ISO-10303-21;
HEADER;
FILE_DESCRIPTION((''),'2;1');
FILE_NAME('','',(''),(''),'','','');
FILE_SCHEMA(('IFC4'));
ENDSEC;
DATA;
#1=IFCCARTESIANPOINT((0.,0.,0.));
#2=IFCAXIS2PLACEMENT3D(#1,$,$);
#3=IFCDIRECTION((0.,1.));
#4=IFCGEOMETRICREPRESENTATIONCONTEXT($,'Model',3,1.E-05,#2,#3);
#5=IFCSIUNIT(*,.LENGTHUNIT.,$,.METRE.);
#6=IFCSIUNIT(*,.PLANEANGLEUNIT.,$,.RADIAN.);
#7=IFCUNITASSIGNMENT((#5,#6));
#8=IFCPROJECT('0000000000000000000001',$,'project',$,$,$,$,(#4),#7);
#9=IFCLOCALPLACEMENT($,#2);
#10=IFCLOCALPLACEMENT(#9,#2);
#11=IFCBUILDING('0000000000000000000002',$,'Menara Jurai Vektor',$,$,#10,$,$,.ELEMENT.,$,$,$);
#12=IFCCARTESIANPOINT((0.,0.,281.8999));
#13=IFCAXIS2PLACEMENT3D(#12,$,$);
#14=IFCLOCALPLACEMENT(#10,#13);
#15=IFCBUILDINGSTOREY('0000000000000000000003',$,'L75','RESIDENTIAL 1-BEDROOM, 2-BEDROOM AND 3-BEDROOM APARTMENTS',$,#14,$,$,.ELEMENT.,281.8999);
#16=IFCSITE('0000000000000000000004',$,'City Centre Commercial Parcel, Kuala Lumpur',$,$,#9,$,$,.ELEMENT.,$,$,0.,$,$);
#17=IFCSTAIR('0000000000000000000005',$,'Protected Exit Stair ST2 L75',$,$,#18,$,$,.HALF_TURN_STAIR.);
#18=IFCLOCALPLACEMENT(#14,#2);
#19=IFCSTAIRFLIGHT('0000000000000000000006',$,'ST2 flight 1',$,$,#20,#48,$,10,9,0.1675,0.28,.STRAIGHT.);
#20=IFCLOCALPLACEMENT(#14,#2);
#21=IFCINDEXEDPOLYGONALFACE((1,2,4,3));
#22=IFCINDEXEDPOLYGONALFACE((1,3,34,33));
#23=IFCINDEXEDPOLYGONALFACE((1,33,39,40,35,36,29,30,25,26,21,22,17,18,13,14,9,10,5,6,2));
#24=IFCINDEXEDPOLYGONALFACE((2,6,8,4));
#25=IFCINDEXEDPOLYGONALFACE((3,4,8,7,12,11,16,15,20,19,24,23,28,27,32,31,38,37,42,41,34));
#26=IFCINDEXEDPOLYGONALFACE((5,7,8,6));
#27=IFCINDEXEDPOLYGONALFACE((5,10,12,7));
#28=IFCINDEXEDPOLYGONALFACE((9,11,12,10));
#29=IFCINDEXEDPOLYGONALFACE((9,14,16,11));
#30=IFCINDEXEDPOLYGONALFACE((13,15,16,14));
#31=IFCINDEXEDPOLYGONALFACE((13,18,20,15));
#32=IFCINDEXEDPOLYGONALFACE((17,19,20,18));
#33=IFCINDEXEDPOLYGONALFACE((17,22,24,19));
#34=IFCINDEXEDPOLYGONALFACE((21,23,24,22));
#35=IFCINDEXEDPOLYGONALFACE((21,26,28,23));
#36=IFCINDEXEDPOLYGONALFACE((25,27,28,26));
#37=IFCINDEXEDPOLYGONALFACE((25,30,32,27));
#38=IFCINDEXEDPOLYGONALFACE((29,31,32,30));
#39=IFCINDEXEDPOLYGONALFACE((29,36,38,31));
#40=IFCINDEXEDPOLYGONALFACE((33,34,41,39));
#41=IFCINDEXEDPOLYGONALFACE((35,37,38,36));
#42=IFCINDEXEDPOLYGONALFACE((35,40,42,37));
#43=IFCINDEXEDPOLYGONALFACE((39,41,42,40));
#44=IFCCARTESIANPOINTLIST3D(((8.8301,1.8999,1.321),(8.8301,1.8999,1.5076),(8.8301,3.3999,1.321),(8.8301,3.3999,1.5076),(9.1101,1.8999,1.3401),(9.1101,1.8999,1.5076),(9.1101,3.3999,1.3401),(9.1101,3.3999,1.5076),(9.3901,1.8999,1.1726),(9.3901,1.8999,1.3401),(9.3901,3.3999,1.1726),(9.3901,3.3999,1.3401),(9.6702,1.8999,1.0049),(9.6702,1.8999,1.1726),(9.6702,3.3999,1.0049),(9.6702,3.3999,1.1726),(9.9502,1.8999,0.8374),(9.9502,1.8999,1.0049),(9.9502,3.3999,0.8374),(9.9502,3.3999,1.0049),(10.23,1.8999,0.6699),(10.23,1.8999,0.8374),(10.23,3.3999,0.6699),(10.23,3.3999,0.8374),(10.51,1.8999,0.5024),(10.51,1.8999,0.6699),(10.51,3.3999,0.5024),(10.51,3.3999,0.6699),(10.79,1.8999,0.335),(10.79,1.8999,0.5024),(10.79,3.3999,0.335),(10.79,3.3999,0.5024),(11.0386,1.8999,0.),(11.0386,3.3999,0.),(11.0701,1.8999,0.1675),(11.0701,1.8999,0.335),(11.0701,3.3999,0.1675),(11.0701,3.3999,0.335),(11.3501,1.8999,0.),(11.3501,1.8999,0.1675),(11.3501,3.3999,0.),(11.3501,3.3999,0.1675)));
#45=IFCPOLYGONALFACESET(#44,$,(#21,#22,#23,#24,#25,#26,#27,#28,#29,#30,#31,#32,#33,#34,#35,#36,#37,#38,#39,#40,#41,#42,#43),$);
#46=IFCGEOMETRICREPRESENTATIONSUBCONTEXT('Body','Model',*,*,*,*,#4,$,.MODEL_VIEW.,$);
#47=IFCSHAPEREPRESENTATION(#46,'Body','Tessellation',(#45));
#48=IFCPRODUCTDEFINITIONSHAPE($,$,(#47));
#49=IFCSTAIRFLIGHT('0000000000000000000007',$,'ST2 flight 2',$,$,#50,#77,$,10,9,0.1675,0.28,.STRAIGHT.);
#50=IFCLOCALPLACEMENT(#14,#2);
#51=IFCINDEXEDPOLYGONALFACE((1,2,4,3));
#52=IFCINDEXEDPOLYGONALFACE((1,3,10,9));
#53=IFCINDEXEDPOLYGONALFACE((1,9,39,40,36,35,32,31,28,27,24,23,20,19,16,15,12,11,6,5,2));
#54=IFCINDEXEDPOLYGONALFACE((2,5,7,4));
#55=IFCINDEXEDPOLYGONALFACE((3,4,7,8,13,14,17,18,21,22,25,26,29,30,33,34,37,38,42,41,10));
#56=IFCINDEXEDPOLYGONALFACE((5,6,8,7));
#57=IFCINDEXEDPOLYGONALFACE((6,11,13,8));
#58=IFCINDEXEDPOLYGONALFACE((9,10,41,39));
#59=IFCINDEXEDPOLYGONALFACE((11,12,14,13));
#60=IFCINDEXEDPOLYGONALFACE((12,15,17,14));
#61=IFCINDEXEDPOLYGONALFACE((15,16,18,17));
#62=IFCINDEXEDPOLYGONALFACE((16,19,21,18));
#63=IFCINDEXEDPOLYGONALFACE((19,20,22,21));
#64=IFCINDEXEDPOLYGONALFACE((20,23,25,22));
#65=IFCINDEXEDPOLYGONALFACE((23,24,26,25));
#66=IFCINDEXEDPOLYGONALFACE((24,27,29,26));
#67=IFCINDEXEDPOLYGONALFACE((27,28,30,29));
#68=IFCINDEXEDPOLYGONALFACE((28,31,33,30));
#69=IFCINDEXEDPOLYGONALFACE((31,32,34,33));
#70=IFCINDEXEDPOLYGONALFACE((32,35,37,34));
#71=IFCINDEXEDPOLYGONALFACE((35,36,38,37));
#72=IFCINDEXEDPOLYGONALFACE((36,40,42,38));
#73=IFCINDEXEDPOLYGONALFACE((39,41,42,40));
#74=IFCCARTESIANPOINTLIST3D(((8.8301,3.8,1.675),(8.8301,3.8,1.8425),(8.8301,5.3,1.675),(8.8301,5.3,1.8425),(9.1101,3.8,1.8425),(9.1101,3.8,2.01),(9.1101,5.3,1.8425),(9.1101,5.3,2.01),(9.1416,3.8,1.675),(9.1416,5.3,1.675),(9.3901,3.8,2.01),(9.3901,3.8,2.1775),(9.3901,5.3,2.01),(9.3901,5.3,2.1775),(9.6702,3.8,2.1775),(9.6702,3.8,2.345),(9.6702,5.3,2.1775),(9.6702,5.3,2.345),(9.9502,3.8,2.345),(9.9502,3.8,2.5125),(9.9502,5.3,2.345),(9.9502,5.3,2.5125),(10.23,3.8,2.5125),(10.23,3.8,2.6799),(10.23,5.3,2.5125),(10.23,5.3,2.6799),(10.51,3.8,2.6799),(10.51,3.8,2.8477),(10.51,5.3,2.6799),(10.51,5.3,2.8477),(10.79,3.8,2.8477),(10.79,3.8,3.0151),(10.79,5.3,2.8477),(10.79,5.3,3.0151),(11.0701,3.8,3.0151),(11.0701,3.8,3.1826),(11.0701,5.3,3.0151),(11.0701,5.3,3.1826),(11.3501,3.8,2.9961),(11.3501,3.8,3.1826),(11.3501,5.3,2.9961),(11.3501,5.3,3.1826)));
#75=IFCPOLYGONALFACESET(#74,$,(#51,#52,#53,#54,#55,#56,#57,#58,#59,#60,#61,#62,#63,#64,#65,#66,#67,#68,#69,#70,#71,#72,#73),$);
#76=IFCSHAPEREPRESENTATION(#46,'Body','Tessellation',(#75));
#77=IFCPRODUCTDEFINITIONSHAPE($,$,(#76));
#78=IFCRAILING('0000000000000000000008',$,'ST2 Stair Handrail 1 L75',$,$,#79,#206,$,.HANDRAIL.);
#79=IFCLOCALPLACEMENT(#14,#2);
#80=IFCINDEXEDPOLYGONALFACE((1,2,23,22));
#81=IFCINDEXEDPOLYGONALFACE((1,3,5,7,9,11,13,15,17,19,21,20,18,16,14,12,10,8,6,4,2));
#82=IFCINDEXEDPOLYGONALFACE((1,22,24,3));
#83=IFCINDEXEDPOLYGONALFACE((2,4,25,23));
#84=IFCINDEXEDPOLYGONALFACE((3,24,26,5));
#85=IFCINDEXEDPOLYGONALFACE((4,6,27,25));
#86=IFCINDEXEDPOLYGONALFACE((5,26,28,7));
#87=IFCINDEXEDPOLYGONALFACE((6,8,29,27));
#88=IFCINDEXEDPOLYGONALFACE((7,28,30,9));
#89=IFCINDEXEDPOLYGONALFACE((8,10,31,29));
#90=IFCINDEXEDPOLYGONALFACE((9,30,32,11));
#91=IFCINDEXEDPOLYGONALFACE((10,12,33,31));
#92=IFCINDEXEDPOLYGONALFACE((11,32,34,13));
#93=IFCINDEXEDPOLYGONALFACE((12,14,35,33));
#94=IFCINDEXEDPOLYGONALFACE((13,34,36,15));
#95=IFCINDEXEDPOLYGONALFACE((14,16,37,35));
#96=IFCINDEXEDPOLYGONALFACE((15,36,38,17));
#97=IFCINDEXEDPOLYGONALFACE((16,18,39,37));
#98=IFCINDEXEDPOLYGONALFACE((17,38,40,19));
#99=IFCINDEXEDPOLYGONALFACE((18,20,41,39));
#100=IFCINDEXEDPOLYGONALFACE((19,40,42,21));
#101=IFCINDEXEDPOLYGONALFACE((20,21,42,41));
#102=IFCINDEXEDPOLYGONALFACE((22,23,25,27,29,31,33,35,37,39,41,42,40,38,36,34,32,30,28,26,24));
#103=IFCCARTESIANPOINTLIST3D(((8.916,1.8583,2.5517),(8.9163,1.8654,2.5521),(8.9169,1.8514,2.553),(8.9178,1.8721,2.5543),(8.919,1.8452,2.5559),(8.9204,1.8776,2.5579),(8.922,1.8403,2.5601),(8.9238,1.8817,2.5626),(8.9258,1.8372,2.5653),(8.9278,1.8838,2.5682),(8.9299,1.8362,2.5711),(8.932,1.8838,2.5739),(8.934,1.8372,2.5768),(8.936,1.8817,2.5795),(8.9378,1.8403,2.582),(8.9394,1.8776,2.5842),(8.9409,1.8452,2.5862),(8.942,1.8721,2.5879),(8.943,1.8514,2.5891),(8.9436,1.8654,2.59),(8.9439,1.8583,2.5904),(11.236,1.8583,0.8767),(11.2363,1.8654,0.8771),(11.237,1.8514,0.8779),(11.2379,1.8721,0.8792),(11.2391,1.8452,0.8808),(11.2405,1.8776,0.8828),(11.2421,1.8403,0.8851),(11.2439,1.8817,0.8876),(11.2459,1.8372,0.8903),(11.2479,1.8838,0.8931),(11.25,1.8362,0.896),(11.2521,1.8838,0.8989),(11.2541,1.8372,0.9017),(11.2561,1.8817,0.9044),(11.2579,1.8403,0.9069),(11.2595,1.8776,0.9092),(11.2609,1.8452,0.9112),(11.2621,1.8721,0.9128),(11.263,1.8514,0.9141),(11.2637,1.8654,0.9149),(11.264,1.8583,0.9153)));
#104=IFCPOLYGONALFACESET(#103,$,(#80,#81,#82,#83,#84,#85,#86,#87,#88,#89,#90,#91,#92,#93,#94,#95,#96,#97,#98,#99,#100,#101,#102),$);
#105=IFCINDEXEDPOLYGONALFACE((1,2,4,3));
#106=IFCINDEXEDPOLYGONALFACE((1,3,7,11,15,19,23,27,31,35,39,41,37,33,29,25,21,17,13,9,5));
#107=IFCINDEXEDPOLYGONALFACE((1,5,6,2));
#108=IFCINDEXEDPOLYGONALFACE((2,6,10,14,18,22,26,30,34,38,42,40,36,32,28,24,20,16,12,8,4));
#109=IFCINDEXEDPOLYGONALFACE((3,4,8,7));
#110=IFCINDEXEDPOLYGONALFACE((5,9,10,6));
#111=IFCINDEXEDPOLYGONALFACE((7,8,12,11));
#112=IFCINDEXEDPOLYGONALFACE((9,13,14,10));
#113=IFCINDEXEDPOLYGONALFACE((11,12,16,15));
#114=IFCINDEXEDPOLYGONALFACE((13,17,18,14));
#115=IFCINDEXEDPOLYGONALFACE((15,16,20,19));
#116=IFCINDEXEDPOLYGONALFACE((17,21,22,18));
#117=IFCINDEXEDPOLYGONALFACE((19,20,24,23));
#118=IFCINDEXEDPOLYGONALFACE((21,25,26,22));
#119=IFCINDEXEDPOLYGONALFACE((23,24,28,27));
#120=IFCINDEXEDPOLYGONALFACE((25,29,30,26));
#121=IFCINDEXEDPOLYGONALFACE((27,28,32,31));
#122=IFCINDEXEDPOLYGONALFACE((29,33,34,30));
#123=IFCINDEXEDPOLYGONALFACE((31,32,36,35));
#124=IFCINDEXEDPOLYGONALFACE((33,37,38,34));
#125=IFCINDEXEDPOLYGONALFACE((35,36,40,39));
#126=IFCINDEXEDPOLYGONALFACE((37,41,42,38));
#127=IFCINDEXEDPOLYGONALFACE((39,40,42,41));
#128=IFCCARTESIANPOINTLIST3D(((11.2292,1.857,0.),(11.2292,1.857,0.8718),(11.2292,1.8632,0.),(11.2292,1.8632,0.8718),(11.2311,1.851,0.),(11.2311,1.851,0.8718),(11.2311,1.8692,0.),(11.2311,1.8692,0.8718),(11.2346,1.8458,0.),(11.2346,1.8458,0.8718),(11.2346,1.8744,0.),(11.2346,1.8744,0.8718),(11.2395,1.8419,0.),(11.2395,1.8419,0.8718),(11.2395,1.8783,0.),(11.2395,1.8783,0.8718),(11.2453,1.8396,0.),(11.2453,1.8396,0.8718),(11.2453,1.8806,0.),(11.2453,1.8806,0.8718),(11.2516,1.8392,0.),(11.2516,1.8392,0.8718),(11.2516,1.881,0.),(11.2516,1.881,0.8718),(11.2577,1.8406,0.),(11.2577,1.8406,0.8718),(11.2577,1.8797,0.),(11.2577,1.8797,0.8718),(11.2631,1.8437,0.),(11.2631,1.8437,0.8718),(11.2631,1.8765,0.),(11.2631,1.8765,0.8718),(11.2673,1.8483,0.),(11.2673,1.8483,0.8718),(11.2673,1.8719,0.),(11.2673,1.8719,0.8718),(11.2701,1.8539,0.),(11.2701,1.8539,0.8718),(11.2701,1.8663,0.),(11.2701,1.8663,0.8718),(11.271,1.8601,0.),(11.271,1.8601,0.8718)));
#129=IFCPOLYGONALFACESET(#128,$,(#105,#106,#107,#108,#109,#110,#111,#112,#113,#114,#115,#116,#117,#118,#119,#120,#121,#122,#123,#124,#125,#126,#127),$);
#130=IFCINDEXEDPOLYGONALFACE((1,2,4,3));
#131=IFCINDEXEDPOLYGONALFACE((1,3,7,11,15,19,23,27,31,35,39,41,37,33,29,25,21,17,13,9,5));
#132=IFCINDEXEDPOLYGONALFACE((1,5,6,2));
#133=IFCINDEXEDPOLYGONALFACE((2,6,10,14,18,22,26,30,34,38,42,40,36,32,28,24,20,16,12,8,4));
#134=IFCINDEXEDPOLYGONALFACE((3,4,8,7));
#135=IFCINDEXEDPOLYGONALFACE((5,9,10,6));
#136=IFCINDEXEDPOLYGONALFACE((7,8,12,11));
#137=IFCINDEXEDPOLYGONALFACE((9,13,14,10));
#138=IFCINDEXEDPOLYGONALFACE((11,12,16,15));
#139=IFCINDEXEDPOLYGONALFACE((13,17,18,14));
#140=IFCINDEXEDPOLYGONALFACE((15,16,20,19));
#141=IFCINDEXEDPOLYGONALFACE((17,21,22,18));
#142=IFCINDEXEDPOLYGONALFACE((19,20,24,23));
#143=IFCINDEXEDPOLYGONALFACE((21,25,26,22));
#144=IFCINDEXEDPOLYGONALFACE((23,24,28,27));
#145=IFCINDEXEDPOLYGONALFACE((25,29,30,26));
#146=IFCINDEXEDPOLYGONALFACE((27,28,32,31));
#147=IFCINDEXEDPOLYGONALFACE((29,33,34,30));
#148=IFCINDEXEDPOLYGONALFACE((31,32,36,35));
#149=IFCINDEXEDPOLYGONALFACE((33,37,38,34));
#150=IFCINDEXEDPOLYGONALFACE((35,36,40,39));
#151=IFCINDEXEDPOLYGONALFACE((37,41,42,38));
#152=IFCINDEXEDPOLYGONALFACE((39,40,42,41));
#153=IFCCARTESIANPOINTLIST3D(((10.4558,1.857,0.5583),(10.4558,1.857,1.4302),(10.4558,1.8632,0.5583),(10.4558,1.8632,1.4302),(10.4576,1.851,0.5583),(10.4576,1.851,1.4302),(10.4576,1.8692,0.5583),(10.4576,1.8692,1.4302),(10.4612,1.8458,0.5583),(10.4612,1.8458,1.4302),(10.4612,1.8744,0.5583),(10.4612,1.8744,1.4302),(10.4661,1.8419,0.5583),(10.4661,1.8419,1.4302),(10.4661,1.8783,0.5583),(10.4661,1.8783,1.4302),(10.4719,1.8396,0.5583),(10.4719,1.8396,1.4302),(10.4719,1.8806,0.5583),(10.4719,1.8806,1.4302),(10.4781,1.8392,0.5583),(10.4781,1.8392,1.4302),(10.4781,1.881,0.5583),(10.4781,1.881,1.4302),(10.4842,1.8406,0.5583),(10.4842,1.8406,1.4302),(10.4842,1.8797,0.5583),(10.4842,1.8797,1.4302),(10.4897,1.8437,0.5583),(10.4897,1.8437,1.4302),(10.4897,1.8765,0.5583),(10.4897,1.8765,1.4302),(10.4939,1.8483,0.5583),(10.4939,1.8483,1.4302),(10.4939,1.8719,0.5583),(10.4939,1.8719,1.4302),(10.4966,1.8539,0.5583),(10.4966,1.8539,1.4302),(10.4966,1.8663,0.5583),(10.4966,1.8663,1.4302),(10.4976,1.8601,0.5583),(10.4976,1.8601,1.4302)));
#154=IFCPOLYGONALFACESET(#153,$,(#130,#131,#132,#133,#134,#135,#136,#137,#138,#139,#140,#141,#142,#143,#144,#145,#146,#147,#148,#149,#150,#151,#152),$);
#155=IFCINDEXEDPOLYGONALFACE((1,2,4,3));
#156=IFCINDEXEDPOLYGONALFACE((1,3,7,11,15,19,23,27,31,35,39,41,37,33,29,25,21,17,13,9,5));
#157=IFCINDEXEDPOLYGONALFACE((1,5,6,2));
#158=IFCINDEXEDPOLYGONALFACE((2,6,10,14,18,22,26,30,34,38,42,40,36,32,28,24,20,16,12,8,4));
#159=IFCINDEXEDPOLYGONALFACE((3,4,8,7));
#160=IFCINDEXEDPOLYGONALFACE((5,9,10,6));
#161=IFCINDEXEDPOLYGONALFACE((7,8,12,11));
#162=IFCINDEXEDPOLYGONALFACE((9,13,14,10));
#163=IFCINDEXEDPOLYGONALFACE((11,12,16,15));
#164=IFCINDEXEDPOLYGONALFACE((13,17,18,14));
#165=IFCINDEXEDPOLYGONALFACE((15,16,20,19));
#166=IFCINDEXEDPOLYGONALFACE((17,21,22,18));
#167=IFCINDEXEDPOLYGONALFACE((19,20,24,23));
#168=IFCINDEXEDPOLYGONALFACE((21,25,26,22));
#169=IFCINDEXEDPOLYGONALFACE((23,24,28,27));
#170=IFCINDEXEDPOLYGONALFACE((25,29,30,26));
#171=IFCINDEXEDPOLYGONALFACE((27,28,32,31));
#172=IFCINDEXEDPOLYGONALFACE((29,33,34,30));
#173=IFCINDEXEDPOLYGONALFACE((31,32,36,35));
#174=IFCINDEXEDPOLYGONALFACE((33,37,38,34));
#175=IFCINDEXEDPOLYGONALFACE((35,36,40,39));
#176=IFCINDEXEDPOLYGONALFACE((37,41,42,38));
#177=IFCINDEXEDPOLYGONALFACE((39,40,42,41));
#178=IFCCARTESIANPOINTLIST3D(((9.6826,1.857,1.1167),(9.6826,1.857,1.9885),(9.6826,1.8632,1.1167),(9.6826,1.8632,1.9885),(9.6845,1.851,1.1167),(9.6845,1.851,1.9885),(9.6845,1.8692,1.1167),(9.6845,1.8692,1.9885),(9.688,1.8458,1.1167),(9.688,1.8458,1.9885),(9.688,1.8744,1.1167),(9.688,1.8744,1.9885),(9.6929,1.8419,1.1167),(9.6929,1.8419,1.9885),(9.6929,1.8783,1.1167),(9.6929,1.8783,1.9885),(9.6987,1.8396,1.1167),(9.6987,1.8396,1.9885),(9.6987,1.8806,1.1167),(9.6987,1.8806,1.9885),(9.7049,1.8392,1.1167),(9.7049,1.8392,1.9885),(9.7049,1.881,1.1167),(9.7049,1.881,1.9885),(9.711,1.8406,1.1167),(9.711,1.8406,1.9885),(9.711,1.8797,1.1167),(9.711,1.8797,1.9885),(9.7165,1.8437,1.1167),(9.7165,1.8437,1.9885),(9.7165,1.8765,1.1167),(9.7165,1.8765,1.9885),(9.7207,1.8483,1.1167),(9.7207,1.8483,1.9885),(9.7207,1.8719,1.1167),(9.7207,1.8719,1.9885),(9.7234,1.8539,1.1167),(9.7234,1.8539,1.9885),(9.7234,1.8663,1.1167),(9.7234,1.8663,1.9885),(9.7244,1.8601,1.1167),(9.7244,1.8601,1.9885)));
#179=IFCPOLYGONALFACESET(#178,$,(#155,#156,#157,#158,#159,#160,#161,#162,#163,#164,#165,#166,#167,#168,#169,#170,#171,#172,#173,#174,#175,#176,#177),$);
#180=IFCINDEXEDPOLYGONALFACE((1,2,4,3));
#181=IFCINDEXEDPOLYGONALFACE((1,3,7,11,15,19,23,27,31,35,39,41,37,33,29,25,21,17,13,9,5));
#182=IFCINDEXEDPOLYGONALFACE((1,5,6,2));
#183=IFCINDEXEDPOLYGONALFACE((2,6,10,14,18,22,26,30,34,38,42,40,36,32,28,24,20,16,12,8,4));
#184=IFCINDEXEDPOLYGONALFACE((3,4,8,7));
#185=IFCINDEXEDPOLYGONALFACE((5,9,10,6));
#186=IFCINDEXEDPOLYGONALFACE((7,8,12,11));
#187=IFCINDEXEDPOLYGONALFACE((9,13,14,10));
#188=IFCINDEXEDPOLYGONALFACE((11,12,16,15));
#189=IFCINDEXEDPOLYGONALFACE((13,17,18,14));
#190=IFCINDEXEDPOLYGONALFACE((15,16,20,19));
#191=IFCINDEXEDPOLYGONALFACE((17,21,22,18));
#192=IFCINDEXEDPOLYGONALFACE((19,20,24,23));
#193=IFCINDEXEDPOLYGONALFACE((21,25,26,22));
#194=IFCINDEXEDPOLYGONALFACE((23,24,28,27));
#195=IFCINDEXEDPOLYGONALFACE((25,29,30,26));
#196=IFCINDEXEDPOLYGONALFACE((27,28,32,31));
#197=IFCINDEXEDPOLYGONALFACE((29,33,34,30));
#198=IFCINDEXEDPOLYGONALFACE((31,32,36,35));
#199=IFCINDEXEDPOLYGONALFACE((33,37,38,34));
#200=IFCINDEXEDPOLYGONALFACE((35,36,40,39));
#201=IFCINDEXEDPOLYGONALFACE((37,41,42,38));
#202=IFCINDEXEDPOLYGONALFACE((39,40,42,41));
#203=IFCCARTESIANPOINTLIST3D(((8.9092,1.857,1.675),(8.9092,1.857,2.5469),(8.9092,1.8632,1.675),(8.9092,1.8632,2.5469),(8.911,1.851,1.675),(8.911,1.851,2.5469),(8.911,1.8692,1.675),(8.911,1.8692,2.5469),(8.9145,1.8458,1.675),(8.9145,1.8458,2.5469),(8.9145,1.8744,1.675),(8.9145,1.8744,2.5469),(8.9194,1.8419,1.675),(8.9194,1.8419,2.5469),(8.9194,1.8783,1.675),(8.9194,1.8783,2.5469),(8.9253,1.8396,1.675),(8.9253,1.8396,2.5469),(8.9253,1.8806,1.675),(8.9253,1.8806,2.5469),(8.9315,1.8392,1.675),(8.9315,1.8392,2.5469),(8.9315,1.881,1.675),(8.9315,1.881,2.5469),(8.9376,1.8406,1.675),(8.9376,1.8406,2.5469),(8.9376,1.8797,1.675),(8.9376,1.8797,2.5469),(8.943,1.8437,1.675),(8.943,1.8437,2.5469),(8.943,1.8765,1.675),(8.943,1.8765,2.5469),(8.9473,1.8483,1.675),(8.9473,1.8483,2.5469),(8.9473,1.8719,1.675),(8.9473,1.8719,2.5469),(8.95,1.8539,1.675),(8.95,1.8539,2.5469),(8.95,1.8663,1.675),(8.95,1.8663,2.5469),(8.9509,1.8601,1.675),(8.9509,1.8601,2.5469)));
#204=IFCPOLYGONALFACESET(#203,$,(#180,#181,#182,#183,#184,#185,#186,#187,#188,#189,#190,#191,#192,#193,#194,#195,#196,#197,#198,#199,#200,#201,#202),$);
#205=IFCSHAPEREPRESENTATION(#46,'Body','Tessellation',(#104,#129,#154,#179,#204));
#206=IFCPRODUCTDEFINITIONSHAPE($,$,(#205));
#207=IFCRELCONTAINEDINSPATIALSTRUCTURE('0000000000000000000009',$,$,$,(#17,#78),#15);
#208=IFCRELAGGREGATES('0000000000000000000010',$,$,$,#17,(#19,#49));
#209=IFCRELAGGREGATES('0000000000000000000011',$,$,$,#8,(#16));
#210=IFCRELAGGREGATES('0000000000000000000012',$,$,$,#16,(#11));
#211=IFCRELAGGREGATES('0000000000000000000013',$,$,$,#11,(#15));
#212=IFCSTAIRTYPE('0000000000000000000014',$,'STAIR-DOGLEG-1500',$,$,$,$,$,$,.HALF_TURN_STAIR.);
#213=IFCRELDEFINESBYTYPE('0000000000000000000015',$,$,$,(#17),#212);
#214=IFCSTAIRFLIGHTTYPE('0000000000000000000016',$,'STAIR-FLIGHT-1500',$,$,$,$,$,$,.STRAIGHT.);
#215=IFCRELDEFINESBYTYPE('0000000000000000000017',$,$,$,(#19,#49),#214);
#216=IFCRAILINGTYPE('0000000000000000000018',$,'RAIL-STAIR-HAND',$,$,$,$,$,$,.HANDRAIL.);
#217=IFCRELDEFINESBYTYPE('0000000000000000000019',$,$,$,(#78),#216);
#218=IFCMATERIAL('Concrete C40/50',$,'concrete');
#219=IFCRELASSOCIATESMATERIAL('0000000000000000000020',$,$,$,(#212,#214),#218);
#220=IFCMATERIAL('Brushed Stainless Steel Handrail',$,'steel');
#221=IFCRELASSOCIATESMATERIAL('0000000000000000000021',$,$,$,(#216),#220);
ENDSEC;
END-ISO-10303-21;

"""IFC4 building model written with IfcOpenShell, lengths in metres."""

from ifc_helpers import new_model, si_unit, direction, frame, origin, origin_2d, place, context, subcontext, project, spatial, polyline, circle, outline, extrude, material, type_object, element, aggregate, save


model = new_model("IFC4")

# Units and contexts
model_context = context("Model", 3, precision=1e-05, world=origin(), true_north=direction((0.0, 1.0)))
body_context = subcontext(model_context, "Body", "Model", "MODEL_VIEW")
ifc_project = project(units=[si_unit("LENGTHUNIT", "METRE"), si_unit("PLANEANGLEUNIT", "RADIAN")], contexts=[model_context])

# Site, building, storey
site_placement = place(None, origin())
site = spatial("IfcSite", under=ifc_project, at=site_placement, Name="City Centre Commercial Parcel, Kuala Lumpur", CompositionType="ELEMENT", RefElevation=0.0)
building_placement = place(site_placement, origin())
building = spatial("IfcBuilding", under=site, at=building_placement, Name="Menara Jurai Vektor", CompositionType="ELEMENT")
storey_placement = place(building_placement, frame((0.0, 0.0, 281.8999)))
storey = spatial("IfcBuildingStorey", under=building, at=storey_placement, Name="L75", Description="RESIDENTIAL 1-BEDROOM, 2-BEDROOM AND 3-BEDROOM APARTMENTS", CompositionType="ELEMENT", Elevation=281.8999)

# Shared definitions
ifc_material_1 = material(Name="Concrete C40/50", Category="concrete")

# Stair, stair flights
stair_type = type_object("IfcStairType", Name="STAIR-DOGLEG-1500", PredefinedType="HALF_TURN_STAIR", material=ifc_material_1)
stair_placement = place(storey_placement, origin())
stair = element("IfcStair", 1, at=stair_placement, inside=storey, type_object=stair_type, Name="Protected Exit Stair ST2 L75", PredefinedType="HALF_TURN_STAIR")
stair_flight_type = type_object("IfcStairFlightType", Name="STAIR-FLIGHT-1500", PredefinedType="STRAIGHT", material=ifc_material_1)
stair_flight_1_placement = place(storey_placement, frame((11.3501, 2.6499, 0.0), z_axis=(0.0, 0.0, 1.0), x_axis=(-1.0, 0.0, 0.0)))
stair_flight_1 = element("IfcStairFlight", 2, at=stair_flight_1_placement, type_object=stair_flight_type, Name="ST2 flight 1", NumberOfRisers=10, NumberOfTreads=9, PredefinedType="STRAIGHT", RiserHeight=0.1675, TreadLength=0.28, context=body_context, shape_type="SweptSolid", body=[
    extrude(outline(polyline([(0.0, 0.0), (0.0, 0.1675), (0.28, 0.1675), (0.28, 0.335), (0.5601, 0.335), (0.5601, 0.5024), (0.8401, 0.5024), (0.8401, 0.6699), (1.1201, 0.6699), (1.1201, 0.8374), (1.3999, 0.8374), (1.3999, 1.0049), (1.6799, 1.0049), (1.6799, 1.1726), (1.96, 1.1726), (1.96, 1.3401), (2.24, 1.3401), (2.24, 1.5076), (2.52, 1.5076), (2.52, 1.675), (2.52, 1.321), (0.3115, 0.0), (0.0, 0.0)])), frame((0.0, 0.75, 0.0), z_axis=(0.0, -1.0, 0.0), x_axis=(1.0, 0.0, 0.0)), (0.0, 0.0, 1.0), 1.5),
])
stair_flight_2_placement = place(storey_placement, frame((8.8301, 4.55, 1.675), z_axis=(0.0, 0.0, 1.0), x_axis=(1.0, 0.0, 0.0)))
stair_flight_2 = element("IfcStairFlight", 3, at=stair_flight_2_placement, type_object=stair_flight_type, Name="ST2 flight 2", NumberOfRisers=10, NumberOfTreads=9, PredefinedType="STRAIGHT", RiserHeight=0.1675, TreadLength=0.28, context=body_context, shape_type="SweptSolid", body=[
    extrude(outline(polyline([(0.0, 0.0), (0.0, 0.1675), (0.28, 0.1675), (0.28, 0.335), (0.5601, 0.335), (0.5601, 0.5024), (0.8401, 0.5024), (0.8401, 0.6699), (1.1201, 0.6699), (1.1201, 0.8374), (1.3999, 0.8374), (1.3999, 1.0049), (1.6799, 1.0049), (1.6799, 1.1726), (1.96, 1.1726), (1.96, 1.3401), (2.24, 1.3401), (2.24, 1.5076), (2.52, 1.5076), (2.52, 1.675), (2.52, 1.321), (0.3115, 0.0), (0.0, 0.0)])), frame((0.0, 0.75, 0.0), z_axis=(0.0, -1.0, 0.0), x_axis=(1.0, 0.0, 0.0)), (0.0, 0.0, 1.0), 1.5),
])
aggregate(stair, [stair_flight_1, stair_flight_2])

# Railing
ifc_material_2 = material(Name="Brushed Stainless Steel Handrail", Category="steel")
railing_type_1 = type_object("IfcRailingType", Name="RAIL-STAIR-HAND", PredefinedType="HANDRAIL", material=ifc_material_2)
railing_1_placement = place(storey_placement, frame((11.25, 1.8601, 0.0)))
element("IfcRailing", 4, at=railing_1_placement, inside=storey, type_object=railing_type_1, Name="ST2 Stair Handrail 1 L75", PredefinedType="HANDRAIL", context=body_context, shape_type="SweptSolid", body=[
    extrude(circle(Radius=0.0239, at=origin_2d()), frame((0.0, 0.0, 0.896), z_axis=(-0.810771, 0.0, 0.585363), x_axis=(0.0, -1.0, 0.0)), (0.0, 0.0, 1.0), 2.8616),
    extrude(circle(Radius=0.021, at=origin_2d()), origin(), (0.0, 0.0, 1.0), 0.8718),
    extrude(circle(Radius=0.021, at=origin_2d()), frame((-0.7734, 0.0, 0.5583)), (0.0, 0.0, 1.0), 0.8718),
    extrude(circle(Radius=0.021, at=origin_2d()), frame((-1.5466, 0.0, 1.1167)), (0.0, 0.0, 1.0), 0.8718),
    extrude(circle(Radius=0.021, at=origin_2d()), frame((-2.3201, 0.0, 1.675)), (0.0, 0.0, 1.0), 0.8718),
])

save(model, "model.ifc")
